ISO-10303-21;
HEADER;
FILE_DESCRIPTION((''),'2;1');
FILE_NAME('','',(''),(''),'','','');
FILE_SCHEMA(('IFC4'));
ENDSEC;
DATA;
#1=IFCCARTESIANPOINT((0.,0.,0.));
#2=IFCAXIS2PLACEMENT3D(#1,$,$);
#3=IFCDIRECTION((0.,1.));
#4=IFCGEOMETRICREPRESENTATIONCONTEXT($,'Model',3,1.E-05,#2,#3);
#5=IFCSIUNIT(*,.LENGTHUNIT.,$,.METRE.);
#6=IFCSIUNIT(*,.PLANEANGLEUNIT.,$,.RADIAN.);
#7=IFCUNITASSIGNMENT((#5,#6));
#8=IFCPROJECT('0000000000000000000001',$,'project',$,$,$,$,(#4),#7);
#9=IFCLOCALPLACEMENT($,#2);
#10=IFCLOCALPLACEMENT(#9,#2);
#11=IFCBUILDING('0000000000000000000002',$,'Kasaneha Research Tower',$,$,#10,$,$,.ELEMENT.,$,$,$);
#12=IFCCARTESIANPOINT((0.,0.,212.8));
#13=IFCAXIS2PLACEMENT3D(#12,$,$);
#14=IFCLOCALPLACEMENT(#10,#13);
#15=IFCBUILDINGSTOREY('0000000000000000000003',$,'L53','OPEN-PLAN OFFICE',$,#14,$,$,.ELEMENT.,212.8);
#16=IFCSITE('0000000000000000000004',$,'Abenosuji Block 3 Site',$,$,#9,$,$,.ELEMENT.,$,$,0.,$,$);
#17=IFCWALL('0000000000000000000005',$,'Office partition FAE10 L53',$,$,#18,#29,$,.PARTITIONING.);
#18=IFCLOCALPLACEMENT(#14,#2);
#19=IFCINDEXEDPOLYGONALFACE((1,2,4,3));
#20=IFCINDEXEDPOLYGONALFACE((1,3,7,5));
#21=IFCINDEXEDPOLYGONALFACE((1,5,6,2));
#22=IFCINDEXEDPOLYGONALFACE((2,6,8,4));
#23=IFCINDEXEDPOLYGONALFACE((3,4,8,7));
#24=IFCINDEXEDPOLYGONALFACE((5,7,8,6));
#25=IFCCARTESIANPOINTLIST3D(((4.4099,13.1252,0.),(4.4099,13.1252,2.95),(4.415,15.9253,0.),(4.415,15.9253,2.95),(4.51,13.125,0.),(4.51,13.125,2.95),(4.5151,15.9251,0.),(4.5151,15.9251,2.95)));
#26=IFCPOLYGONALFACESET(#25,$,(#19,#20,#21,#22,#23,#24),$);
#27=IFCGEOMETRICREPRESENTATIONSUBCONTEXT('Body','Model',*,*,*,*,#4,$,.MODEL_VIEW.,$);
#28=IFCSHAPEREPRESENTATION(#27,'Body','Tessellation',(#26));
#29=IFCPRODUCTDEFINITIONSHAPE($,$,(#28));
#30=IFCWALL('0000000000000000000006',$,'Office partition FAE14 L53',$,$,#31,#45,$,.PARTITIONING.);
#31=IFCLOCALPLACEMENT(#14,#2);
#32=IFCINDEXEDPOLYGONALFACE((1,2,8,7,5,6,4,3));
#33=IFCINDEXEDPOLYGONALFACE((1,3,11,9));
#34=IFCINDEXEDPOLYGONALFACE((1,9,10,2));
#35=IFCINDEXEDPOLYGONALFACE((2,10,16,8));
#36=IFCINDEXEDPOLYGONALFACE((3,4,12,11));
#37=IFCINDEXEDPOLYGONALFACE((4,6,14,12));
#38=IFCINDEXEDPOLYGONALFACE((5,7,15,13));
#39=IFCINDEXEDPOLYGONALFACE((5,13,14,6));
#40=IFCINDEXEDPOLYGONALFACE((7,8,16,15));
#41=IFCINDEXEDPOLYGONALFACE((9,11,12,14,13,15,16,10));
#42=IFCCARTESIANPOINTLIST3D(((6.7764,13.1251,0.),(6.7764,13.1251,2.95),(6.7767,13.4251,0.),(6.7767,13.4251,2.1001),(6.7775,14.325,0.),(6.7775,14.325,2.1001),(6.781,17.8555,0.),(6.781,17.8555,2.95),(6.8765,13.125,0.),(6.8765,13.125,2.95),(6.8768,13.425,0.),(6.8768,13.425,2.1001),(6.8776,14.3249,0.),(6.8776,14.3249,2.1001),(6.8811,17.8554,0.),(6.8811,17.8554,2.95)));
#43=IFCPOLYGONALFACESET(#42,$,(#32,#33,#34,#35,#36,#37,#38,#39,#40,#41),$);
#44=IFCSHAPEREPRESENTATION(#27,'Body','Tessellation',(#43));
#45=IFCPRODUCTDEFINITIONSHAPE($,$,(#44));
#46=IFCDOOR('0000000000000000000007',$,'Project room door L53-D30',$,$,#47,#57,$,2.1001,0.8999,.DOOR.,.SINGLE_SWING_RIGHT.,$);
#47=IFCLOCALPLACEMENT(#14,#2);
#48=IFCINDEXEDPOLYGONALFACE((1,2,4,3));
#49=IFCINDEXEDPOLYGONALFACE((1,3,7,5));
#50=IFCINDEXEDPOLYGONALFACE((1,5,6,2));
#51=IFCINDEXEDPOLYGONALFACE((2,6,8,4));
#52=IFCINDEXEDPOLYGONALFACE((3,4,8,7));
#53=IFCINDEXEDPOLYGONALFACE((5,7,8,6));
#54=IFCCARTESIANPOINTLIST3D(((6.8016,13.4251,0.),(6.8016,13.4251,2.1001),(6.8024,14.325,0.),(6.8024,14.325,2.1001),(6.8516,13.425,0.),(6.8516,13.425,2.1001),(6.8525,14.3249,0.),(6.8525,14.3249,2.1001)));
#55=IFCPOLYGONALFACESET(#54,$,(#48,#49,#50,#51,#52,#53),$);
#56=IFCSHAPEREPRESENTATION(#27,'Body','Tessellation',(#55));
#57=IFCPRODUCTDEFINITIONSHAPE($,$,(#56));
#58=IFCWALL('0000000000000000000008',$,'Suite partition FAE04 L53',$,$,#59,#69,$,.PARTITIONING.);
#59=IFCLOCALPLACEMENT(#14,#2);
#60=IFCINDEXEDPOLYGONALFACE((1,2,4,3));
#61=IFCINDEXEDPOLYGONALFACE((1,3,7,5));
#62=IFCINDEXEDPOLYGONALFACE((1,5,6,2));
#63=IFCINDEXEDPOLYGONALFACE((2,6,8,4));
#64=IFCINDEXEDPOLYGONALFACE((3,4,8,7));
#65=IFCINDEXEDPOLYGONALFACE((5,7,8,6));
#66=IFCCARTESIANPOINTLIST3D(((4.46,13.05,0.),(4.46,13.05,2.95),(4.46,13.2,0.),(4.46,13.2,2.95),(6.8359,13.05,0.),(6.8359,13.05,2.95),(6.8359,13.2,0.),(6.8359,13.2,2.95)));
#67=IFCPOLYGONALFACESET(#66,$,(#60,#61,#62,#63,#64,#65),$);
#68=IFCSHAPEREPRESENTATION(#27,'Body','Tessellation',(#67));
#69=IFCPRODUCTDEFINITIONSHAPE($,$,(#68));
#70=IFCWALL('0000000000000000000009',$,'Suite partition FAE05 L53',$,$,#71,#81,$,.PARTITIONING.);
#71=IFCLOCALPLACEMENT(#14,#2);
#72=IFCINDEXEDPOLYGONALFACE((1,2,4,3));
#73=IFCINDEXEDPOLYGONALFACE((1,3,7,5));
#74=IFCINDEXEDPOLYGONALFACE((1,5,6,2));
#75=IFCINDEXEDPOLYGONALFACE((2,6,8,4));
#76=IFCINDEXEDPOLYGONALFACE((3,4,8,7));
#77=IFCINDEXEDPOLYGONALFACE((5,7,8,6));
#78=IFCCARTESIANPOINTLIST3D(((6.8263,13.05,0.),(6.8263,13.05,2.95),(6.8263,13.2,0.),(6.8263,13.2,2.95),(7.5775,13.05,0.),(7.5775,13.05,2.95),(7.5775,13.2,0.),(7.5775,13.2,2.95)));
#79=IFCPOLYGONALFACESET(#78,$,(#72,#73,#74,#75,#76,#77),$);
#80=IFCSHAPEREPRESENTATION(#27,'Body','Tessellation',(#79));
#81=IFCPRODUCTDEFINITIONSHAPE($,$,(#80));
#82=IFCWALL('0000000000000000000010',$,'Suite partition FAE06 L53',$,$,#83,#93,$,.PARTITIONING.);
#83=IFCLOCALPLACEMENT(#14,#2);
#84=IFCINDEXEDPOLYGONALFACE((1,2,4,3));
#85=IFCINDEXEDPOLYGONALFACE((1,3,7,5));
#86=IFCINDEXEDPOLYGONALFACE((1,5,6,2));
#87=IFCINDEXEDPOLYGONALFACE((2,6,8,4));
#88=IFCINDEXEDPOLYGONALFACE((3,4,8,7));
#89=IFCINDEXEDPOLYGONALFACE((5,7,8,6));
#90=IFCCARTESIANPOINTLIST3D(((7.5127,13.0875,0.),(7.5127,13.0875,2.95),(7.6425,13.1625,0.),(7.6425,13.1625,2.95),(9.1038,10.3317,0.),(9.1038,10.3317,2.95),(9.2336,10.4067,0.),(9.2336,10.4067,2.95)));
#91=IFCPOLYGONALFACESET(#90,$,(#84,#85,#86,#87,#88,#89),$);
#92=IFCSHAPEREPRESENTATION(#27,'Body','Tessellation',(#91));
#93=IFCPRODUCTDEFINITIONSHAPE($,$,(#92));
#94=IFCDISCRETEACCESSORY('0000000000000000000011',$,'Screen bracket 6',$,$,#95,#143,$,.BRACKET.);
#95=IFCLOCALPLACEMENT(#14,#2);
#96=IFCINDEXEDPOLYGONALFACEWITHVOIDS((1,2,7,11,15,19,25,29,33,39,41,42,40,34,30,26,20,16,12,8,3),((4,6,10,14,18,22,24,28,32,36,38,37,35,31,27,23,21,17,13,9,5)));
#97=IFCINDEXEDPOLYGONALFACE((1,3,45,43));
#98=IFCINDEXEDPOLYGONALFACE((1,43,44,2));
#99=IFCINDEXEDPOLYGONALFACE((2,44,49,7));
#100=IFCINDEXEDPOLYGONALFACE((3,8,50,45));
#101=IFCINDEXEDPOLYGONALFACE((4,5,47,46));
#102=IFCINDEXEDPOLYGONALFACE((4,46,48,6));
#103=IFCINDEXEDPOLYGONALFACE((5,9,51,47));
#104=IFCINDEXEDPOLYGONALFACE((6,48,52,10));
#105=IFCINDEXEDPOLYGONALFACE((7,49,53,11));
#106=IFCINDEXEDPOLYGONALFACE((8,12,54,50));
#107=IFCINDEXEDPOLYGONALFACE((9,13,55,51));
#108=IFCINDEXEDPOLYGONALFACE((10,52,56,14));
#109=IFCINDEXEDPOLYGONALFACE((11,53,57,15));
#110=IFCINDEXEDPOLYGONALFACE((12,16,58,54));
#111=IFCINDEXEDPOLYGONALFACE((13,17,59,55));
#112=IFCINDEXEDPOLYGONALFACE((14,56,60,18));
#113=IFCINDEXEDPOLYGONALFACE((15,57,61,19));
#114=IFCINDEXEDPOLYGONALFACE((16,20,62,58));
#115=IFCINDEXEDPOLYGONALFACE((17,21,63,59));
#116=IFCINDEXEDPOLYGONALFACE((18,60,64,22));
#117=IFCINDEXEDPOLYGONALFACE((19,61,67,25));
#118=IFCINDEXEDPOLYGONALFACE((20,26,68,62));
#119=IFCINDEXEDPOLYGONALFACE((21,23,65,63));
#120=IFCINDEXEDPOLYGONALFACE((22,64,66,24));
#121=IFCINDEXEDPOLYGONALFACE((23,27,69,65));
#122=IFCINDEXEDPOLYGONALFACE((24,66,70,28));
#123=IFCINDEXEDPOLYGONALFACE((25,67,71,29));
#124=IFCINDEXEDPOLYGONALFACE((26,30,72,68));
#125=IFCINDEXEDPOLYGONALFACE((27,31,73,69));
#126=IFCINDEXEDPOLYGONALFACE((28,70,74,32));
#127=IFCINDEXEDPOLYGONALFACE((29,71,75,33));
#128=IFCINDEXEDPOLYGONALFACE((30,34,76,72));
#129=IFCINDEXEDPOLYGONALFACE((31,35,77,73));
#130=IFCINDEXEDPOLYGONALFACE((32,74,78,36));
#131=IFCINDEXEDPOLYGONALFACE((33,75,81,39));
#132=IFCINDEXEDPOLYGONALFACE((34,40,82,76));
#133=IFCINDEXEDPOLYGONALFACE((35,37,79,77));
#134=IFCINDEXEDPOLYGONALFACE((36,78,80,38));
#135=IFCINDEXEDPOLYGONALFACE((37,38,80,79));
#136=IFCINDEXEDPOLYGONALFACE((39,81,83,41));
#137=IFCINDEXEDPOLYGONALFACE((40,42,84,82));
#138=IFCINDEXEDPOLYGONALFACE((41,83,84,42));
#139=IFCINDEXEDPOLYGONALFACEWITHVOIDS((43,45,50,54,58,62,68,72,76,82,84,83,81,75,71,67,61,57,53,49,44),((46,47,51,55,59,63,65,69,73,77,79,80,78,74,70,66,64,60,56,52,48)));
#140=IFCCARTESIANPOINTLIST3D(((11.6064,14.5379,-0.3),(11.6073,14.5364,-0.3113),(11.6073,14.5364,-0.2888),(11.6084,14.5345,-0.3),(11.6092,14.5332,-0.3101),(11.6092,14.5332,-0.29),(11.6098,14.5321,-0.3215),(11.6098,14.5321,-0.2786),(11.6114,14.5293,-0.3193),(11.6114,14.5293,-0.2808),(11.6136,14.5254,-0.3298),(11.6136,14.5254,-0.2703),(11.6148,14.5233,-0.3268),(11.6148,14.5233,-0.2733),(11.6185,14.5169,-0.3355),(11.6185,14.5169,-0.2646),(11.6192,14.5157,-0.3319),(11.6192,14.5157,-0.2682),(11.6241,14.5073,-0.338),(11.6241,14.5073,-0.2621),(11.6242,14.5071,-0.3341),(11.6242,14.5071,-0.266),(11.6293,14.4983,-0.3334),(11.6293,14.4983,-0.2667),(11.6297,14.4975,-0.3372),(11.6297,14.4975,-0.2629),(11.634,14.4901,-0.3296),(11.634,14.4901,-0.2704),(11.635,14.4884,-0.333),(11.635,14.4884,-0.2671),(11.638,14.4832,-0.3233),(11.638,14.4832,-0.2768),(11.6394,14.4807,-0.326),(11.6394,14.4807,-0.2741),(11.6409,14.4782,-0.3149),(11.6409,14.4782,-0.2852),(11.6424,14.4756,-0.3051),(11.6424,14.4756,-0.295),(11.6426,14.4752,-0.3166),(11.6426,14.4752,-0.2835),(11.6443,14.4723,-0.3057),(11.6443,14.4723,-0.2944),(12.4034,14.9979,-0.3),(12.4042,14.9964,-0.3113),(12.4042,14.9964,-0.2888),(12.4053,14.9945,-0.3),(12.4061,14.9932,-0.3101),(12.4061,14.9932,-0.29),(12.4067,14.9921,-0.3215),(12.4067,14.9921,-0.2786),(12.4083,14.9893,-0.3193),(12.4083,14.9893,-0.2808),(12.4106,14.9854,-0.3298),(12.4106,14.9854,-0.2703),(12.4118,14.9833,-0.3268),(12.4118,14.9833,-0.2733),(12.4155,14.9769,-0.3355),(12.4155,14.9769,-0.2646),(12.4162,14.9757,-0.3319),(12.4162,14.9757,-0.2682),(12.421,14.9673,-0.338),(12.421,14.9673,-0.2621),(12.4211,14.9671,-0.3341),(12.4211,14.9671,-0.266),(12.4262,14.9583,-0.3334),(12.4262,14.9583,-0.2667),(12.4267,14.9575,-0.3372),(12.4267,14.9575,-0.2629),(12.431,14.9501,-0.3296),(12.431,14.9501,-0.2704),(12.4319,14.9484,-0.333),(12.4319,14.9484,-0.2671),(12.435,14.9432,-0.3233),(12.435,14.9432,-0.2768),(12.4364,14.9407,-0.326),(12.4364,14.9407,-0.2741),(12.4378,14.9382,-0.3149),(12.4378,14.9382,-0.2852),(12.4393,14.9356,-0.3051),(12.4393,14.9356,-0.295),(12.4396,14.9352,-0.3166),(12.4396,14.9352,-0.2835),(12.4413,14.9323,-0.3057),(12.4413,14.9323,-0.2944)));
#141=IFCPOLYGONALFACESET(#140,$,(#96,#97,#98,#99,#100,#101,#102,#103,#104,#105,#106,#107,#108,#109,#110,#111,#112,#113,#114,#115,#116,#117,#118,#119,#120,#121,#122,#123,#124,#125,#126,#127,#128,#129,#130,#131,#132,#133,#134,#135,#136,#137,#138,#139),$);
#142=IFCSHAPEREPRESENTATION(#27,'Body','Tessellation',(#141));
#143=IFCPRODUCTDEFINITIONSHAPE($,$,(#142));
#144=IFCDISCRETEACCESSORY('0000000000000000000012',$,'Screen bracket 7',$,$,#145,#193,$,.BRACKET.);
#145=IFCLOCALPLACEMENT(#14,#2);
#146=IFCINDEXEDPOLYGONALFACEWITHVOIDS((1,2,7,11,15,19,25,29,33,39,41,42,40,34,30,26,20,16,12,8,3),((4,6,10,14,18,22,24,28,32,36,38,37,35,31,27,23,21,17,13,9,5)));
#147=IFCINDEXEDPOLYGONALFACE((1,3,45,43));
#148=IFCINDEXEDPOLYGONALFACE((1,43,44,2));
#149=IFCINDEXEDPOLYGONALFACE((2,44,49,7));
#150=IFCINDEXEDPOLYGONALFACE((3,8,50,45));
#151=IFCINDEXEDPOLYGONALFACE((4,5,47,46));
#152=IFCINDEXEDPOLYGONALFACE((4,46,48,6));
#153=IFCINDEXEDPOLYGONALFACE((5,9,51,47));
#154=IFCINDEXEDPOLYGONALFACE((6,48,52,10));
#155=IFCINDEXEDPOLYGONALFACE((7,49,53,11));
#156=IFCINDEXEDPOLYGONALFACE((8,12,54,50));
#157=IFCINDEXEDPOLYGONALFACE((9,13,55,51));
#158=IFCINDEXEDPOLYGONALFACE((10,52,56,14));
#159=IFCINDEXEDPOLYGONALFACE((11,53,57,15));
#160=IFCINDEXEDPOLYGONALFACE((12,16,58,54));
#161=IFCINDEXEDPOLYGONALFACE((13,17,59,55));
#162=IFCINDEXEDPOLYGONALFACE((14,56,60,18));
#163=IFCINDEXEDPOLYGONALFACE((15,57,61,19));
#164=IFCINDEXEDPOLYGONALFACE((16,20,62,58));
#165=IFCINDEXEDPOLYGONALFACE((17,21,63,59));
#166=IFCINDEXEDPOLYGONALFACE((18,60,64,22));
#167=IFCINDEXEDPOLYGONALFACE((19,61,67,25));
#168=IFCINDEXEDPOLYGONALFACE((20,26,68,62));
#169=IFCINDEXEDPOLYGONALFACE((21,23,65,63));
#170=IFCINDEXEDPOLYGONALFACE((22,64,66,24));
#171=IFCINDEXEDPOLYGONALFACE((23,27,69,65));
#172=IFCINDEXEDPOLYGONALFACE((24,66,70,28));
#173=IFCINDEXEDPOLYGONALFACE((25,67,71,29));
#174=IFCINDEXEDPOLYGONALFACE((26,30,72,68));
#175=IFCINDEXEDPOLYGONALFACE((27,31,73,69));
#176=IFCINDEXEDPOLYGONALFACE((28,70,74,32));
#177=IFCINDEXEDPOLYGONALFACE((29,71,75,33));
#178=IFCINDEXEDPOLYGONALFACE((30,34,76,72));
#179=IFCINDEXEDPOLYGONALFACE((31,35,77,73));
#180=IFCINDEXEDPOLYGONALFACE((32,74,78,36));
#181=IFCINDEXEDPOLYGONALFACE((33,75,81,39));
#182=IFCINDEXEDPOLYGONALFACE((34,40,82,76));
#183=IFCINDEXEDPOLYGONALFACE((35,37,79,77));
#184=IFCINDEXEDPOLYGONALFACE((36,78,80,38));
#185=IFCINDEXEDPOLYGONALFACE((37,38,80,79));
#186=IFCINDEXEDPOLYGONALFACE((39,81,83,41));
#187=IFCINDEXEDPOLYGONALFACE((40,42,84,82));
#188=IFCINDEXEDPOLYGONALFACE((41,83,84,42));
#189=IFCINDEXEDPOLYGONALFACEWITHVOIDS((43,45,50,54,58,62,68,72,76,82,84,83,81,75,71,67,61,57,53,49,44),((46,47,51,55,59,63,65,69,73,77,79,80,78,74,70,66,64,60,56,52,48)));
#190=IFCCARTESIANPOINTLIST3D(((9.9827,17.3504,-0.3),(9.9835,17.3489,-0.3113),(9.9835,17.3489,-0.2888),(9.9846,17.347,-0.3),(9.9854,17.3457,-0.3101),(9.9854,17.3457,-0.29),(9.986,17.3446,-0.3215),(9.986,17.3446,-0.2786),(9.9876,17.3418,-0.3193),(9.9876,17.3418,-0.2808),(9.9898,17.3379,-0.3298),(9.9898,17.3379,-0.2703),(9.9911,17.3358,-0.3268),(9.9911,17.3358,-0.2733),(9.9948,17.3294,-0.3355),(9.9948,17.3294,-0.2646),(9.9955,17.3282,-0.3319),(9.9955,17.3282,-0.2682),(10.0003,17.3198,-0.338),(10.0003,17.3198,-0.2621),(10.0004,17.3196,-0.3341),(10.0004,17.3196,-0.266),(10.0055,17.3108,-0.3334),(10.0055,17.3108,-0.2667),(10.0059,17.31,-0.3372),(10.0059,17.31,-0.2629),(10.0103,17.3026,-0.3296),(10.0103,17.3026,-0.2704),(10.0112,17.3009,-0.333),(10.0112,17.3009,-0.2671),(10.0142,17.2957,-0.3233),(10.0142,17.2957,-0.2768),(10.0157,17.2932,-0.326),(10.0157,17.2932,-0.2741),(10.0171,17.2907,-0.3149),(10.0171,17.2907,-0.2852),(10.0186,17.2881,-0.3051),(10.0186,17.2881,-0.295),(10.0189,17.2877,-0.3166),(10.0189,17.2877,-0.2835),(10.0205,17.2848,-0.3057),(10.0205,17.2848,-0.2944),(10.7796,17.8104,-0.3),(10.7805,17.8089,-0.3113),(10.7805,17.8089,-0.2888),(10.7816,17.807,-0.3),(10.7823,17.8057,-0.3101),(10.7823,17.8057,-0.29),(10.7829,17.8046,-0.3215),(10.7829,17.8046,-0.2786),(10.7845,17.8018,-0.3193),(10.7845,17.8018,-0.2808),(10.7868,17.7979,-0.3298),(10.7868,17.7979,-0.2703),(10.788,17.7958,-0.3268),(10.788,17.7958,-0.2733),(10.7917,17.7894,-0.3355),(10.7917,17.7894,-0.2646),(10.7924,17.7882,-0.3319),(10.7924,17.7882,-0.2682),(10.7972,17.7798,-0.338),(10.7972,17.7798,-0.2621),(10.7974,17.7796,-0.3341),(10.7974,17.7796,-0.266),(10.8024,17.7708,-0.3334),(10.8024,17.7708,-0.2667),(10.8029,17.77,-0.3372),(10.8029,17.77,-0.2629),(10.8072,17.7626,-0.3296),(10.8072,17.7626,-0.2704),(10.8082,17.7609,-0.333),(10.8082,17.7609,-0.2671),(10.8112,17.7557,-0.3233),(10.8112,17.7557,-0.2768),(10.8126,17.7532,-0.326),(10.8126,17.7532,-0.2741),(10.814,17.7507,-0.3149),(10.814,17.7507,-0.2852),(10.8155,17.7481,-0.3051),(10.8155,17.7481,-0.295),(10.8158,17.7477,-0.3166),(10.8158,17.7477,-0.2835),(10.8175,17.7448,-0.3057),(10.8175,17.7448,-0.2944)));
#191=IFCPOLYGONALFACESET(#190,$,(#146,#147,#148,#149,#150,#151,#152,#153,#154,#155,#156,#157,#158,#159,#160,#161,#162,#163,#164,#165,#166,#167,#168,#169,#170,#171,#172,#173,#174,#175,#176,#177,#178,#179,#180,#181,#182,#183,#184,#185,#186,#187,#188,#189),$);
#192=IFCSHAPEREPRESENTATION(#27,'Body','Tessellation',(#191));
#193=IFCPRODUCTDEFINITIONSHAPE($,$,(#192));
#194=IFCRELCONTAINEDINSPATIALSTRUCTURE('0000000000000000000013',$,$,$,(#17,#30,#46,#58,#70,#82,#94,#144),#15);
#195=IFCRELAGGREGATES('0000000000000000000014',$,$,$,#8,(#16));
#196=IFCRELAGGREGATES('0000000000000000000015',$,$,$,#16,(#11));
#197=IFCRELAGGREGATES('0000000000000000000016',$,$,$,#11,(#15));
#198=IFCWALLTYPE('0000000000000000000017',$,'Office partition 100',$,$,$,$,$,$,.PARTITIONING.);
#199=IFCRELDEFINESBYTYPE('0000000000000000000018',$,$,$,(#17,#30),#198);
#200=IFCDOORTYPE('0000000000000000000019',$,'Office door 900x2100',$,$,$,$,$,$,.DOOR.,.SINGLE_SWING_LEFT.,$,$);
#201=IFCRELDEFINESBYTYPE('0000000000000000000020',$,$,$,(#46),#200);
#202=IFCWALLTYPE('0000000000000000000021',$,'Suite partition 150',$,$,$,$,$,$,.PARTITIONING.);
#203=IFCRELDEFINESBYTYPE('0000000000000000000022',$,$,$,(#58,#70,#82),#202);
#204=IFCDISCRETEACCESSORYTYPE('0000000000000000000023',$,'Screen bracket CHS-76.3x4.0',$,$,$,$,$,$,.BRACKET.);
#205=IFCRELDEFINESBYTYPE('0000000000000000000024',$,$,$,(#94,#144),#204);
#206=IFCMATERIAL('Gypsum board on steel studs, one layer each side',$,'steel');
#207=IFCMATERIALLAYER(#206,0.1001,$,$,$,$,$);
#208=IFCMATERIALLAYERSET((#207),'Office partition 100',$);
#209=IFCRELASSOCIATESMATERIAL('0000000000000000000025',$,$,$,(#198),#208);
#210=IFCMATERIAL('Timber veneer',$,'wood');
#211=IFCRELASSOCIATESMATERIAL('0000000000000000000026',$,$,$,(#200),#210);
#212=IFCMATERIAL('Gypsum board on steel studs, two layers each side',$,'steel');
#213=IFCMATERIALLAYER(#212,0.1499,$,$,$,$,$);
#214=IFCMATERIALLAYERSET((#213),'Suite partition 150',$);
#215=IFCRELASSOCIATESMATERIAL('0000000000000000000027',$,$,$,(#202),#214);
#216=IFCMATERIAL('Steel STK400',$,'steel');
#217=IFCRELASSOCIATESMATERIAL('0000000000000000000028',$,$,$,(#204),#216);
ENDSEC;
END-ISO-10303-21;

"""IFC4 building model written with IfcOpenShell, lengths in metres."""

from ifc_helpers import new_model, si_unit, direction, frame, frame_2d, origin, origin_2d, place, context, subcontext, project, spatial, rectangle, hollow_circle, extrude, material, layer, layer_set, material_profile, profile_set, type_object, element, fill, save


model = new_model("IFC4")

# Units and contexts
model_context = context("Model", 3, precision=1e-05, world=origin(), true_north=direction((0.0, 1.0)))
body_context = subcontext(model_context, "Body", "Model", "MODEL_VIEW")
ifc_project = project(units=[si_unit("LENGTHUNIT", "METRE"), si_unit("PLANEANGLEUNIT", "RADIAN")], contexts=[model_context])

# Site, building, storey
site_placement = place(None, origin())
site = spatial("IfcSite", under=ifc_project, at=site_placement, Name="Abenosuji Block 3 Site", CompositionType="ELEMENT", RefElevation=0.0)
building_placement = place(site_placement, origin())
building = spatial("IfcBuilding", under=site, at=building_placement, Name="Kasaneha Research Tower", CompositionType="ELEMENT")
storey_placement = place(building_placement, frame((0.0, 0.0, 212.8)))
storey = spatial("IfcBuildingStorey", under=building, at=storey_placement, Name="L53", Description="OPEN-PLAN OFFICE", CompositionType="ELEMENT", Elevation=212.8)

# Wall
ifc_material_1 = material(Name="Gypsum board on steel studs, one layer each side", Category="steel")
ifc_layer_1 = layer(ifc_material_1, 0.1001)
ifc_layer_set_1 = layer_set([ifc_layer_1], Name="Office partition 100")
wall_type_1 = type_object("IfcWallType", Name="Office partition 100", PredefinedType="PARTITIONING", material=ifc_layer_set_1)
wall_1_placement = place(storey_placement, frame((4.4651, 15.925, 0.0), z_axis=(0.0, 0.0, 1.0), x_axis=(-0.001831, -0.999998, 0.0)))
element("IfcWall", 1, at=wall_1_placement, inside=storey, type_object=wall_type_1, Name="Office partition FAE10 L53", PredefinedType="PARTITIONING", context=body_context, shape_type="SweptSolid", body=[
    extrude(rectangle(XDim=2.8, YDim=0.1001, at=frame_2d((1.3999, 0.0))), origin(), (0.0, 0.0, 1.0), 2.95),
])

# Wall, opening, door
wall_2_placement = place(storey_placement, frame((6.8311, 17.8555, 0.0), z_axis=(0.0, 0.0, 1.0), x_axis=(-0.000981, -1.0, 0.0)))
wall_2 = element("IfcWall", 2, at=wall_2_placement, inside=storey, type_object=wall_type_1, Name="Office partition FAE14 L53", PredefinedType="PARTITIONING", context=body_context, shape_type="SweptSolid", body=[
    extrude(rectangle(XDim=4.7305, YDim=0.1001, at=frame_2d((2.3652, 0.0))), origin(), (0.0, 0.0, 1.0), 2.95),
])
opening_placement = place(wall_2_placement, frame((3.5305, 0.0, 0.0)))
opening = element("IfcOpeningElement", 3, at=opening_placement, cuts=wall_2, PredefinedType="OPENING", context=body_context, shape_type="SweptSolid", body=[
    extrude(rectangle(XDim=0.8999, YDim=2.1001, at=frame_2d((0.45, 1.05))), frame((0.0, 0.0601, 0.0), z_axis=(0.0, -1.0, 0.0), x_axis=(1.0, 0.0, 0.0)), (0.0, 0.0, 1.0), 0.1201),
])
ifc_material_2 = material(Name="Timber veneer", Category="wood")
door_type = type_object("IfcDoorType", Name="Office door 900x2100", OperationType="SINGLE_SWING_LEFT", PredefinedType="DOOR", material=ifc_material_2)
door_placement = place(opening_placement, origin())
door = element("IfcDoor", 4, at=door_placement, inside=storey, type_object=door_type, Name="Project room door L53-D30", OperationType="SINGLE_SWING_RIGHT", OverallHeight=2.1001, OverallWidth=0.8999, PredefinedType="DOOR", context=body_context, shape_type="SweptSolid", body=[
    extrude(rectangle(XDim=0.8999, YDim=2.1001, at=frame_2d((0.45, 1.05))), frame((0.0, 0.0249, 0.0), z_axis=(0.0, -1.0, 0.0), x_axis=(1.0, 0.0, 0.0)), (0.0, 0.0, 1.0), 0.05),
])
fill(opening, door)

# Walls
ifc_material_3 = material(Name="Gypsum board on steel studs, two layers each side", Category="steel")
ifc_layer_2 = layer(ifc_material_3, 0.1499)
ifc_layer_set_2 = layer_set([ifc_layer_2], Name="Suite partition 150")
wall_type_2 = type_object("IfcWallType", Name="Suite partition 150", PredefinedType="PARTITIONING", material=ifc_layer_set_2)
wall_3_placement = place(storey_placement, frame((4.46, 13.125, 0.0), z_axis=(0.0, 0.0, 1.0), x_axis=(1.0, 0.0, 0.0)))
element("IfcWall", 5, at=wall_3_placement, inside=storey, type_object=wall_type_2, Name="Suite partition FAE04 L53", PredefinedType="PARTITIONING", context=body_context, shape_type="SweptSolid", body=[
    extrude(rectangle(XDim=2.376, YDim=0.1499, at=frame_2d((1.188, 0.0))), origin(), (0.0, 0.0, 1.0), 2.95),
])
wall_4_placement = place(storey_placement, frame((6.8264, 13.125, 0.0), z_axis=(0.0, 0.0, 1.0), x_axis=(1.0, 0.0, 0.0)))
element("IfcWall", 6, at=wall_4_placement, inside=storey, type_object=wall_type_2, Name="Suite partition FAE05 L53", PredefinedType="PARTITIONING", context=body_context, shape_type="SweptSolid", body=[
    extrude(rectangle(XDim=0.7512, YDim=0.1499, at=frame_2d((0.3755, 0.0))), origin(), (0.0, 0.0, 1.0), 2.95),
])
wall_5_placement = place(storey_placement, frame((7.5776, 13.125, 0.0), z_axis=(0.0, 0.0, 1.0), x_axis=(0.499993, -0.86603, 0.0)))
element("IfcWall", 7, at=wall_5_placement, inside=storey, type_object=wall_type_2, Name="Suite partition FAE06 L53", PredefinedType="PARTITIONING", context=body_context, shape_type="SweptSolid", body=[
    extrude(rectangle(XDim=3.1821, YDim=0.1499, at=frame_2d((1.5911, 0.0))), origin(), (0.0, 0.0, 1.0), 2.95),
])

# Discrete accessories
ifc_material_4 = material(Name="Steel STK400", Category="steel")
ifc_material_profile_1 = material_profile(ifc_material_4, hollow_circle(Radius=0.0381, WallThickness=0.0039, at=origin_2d()), Name="CHS-76.3x4.0")
ifc_profile_set_1 = profile_set([ifc_material_profile_1], Name="Steel STK400")
discrete_accessory_type = type_object("IfcDiscreteAccessoryType", Name="Screen bracket CHS-76.3x4.0", PredefinedType="BRACKET", material=ifc_profile_set_1)
for number, where, z_axis, x_axis, name in (
    (8, (11.6255, 14.5049, -0.3), (0.86608, 0.499906, 0.0), (-0.499906, 0.86608, 0.0), "Screen bracket 6"),
    (9, (10.0017, 17.3174, -0.3), (0.86608, 0.499906, 0.0), (-0.499906, 0.86608, 0.0), "Screen bracket 7"),
):
    element("IfcDiscreteAccessory", number, at=place(storey_placement, frame(where, z_axis=z_axis, x_axis=x_axis)), inside=storey, type_object=discrete_accessory_type, Name=name, PredefinedType="BRACKET", context=body_context, shape_type="SweptSolid", body=[
        extrude(hollow_circle(Radius=0.0381, WallThickness=0.0039, at=origin_2d()), origin(), (0.0, 0.0, 1.0), 0.9202),
    ])

save(model, "model.ifc")
